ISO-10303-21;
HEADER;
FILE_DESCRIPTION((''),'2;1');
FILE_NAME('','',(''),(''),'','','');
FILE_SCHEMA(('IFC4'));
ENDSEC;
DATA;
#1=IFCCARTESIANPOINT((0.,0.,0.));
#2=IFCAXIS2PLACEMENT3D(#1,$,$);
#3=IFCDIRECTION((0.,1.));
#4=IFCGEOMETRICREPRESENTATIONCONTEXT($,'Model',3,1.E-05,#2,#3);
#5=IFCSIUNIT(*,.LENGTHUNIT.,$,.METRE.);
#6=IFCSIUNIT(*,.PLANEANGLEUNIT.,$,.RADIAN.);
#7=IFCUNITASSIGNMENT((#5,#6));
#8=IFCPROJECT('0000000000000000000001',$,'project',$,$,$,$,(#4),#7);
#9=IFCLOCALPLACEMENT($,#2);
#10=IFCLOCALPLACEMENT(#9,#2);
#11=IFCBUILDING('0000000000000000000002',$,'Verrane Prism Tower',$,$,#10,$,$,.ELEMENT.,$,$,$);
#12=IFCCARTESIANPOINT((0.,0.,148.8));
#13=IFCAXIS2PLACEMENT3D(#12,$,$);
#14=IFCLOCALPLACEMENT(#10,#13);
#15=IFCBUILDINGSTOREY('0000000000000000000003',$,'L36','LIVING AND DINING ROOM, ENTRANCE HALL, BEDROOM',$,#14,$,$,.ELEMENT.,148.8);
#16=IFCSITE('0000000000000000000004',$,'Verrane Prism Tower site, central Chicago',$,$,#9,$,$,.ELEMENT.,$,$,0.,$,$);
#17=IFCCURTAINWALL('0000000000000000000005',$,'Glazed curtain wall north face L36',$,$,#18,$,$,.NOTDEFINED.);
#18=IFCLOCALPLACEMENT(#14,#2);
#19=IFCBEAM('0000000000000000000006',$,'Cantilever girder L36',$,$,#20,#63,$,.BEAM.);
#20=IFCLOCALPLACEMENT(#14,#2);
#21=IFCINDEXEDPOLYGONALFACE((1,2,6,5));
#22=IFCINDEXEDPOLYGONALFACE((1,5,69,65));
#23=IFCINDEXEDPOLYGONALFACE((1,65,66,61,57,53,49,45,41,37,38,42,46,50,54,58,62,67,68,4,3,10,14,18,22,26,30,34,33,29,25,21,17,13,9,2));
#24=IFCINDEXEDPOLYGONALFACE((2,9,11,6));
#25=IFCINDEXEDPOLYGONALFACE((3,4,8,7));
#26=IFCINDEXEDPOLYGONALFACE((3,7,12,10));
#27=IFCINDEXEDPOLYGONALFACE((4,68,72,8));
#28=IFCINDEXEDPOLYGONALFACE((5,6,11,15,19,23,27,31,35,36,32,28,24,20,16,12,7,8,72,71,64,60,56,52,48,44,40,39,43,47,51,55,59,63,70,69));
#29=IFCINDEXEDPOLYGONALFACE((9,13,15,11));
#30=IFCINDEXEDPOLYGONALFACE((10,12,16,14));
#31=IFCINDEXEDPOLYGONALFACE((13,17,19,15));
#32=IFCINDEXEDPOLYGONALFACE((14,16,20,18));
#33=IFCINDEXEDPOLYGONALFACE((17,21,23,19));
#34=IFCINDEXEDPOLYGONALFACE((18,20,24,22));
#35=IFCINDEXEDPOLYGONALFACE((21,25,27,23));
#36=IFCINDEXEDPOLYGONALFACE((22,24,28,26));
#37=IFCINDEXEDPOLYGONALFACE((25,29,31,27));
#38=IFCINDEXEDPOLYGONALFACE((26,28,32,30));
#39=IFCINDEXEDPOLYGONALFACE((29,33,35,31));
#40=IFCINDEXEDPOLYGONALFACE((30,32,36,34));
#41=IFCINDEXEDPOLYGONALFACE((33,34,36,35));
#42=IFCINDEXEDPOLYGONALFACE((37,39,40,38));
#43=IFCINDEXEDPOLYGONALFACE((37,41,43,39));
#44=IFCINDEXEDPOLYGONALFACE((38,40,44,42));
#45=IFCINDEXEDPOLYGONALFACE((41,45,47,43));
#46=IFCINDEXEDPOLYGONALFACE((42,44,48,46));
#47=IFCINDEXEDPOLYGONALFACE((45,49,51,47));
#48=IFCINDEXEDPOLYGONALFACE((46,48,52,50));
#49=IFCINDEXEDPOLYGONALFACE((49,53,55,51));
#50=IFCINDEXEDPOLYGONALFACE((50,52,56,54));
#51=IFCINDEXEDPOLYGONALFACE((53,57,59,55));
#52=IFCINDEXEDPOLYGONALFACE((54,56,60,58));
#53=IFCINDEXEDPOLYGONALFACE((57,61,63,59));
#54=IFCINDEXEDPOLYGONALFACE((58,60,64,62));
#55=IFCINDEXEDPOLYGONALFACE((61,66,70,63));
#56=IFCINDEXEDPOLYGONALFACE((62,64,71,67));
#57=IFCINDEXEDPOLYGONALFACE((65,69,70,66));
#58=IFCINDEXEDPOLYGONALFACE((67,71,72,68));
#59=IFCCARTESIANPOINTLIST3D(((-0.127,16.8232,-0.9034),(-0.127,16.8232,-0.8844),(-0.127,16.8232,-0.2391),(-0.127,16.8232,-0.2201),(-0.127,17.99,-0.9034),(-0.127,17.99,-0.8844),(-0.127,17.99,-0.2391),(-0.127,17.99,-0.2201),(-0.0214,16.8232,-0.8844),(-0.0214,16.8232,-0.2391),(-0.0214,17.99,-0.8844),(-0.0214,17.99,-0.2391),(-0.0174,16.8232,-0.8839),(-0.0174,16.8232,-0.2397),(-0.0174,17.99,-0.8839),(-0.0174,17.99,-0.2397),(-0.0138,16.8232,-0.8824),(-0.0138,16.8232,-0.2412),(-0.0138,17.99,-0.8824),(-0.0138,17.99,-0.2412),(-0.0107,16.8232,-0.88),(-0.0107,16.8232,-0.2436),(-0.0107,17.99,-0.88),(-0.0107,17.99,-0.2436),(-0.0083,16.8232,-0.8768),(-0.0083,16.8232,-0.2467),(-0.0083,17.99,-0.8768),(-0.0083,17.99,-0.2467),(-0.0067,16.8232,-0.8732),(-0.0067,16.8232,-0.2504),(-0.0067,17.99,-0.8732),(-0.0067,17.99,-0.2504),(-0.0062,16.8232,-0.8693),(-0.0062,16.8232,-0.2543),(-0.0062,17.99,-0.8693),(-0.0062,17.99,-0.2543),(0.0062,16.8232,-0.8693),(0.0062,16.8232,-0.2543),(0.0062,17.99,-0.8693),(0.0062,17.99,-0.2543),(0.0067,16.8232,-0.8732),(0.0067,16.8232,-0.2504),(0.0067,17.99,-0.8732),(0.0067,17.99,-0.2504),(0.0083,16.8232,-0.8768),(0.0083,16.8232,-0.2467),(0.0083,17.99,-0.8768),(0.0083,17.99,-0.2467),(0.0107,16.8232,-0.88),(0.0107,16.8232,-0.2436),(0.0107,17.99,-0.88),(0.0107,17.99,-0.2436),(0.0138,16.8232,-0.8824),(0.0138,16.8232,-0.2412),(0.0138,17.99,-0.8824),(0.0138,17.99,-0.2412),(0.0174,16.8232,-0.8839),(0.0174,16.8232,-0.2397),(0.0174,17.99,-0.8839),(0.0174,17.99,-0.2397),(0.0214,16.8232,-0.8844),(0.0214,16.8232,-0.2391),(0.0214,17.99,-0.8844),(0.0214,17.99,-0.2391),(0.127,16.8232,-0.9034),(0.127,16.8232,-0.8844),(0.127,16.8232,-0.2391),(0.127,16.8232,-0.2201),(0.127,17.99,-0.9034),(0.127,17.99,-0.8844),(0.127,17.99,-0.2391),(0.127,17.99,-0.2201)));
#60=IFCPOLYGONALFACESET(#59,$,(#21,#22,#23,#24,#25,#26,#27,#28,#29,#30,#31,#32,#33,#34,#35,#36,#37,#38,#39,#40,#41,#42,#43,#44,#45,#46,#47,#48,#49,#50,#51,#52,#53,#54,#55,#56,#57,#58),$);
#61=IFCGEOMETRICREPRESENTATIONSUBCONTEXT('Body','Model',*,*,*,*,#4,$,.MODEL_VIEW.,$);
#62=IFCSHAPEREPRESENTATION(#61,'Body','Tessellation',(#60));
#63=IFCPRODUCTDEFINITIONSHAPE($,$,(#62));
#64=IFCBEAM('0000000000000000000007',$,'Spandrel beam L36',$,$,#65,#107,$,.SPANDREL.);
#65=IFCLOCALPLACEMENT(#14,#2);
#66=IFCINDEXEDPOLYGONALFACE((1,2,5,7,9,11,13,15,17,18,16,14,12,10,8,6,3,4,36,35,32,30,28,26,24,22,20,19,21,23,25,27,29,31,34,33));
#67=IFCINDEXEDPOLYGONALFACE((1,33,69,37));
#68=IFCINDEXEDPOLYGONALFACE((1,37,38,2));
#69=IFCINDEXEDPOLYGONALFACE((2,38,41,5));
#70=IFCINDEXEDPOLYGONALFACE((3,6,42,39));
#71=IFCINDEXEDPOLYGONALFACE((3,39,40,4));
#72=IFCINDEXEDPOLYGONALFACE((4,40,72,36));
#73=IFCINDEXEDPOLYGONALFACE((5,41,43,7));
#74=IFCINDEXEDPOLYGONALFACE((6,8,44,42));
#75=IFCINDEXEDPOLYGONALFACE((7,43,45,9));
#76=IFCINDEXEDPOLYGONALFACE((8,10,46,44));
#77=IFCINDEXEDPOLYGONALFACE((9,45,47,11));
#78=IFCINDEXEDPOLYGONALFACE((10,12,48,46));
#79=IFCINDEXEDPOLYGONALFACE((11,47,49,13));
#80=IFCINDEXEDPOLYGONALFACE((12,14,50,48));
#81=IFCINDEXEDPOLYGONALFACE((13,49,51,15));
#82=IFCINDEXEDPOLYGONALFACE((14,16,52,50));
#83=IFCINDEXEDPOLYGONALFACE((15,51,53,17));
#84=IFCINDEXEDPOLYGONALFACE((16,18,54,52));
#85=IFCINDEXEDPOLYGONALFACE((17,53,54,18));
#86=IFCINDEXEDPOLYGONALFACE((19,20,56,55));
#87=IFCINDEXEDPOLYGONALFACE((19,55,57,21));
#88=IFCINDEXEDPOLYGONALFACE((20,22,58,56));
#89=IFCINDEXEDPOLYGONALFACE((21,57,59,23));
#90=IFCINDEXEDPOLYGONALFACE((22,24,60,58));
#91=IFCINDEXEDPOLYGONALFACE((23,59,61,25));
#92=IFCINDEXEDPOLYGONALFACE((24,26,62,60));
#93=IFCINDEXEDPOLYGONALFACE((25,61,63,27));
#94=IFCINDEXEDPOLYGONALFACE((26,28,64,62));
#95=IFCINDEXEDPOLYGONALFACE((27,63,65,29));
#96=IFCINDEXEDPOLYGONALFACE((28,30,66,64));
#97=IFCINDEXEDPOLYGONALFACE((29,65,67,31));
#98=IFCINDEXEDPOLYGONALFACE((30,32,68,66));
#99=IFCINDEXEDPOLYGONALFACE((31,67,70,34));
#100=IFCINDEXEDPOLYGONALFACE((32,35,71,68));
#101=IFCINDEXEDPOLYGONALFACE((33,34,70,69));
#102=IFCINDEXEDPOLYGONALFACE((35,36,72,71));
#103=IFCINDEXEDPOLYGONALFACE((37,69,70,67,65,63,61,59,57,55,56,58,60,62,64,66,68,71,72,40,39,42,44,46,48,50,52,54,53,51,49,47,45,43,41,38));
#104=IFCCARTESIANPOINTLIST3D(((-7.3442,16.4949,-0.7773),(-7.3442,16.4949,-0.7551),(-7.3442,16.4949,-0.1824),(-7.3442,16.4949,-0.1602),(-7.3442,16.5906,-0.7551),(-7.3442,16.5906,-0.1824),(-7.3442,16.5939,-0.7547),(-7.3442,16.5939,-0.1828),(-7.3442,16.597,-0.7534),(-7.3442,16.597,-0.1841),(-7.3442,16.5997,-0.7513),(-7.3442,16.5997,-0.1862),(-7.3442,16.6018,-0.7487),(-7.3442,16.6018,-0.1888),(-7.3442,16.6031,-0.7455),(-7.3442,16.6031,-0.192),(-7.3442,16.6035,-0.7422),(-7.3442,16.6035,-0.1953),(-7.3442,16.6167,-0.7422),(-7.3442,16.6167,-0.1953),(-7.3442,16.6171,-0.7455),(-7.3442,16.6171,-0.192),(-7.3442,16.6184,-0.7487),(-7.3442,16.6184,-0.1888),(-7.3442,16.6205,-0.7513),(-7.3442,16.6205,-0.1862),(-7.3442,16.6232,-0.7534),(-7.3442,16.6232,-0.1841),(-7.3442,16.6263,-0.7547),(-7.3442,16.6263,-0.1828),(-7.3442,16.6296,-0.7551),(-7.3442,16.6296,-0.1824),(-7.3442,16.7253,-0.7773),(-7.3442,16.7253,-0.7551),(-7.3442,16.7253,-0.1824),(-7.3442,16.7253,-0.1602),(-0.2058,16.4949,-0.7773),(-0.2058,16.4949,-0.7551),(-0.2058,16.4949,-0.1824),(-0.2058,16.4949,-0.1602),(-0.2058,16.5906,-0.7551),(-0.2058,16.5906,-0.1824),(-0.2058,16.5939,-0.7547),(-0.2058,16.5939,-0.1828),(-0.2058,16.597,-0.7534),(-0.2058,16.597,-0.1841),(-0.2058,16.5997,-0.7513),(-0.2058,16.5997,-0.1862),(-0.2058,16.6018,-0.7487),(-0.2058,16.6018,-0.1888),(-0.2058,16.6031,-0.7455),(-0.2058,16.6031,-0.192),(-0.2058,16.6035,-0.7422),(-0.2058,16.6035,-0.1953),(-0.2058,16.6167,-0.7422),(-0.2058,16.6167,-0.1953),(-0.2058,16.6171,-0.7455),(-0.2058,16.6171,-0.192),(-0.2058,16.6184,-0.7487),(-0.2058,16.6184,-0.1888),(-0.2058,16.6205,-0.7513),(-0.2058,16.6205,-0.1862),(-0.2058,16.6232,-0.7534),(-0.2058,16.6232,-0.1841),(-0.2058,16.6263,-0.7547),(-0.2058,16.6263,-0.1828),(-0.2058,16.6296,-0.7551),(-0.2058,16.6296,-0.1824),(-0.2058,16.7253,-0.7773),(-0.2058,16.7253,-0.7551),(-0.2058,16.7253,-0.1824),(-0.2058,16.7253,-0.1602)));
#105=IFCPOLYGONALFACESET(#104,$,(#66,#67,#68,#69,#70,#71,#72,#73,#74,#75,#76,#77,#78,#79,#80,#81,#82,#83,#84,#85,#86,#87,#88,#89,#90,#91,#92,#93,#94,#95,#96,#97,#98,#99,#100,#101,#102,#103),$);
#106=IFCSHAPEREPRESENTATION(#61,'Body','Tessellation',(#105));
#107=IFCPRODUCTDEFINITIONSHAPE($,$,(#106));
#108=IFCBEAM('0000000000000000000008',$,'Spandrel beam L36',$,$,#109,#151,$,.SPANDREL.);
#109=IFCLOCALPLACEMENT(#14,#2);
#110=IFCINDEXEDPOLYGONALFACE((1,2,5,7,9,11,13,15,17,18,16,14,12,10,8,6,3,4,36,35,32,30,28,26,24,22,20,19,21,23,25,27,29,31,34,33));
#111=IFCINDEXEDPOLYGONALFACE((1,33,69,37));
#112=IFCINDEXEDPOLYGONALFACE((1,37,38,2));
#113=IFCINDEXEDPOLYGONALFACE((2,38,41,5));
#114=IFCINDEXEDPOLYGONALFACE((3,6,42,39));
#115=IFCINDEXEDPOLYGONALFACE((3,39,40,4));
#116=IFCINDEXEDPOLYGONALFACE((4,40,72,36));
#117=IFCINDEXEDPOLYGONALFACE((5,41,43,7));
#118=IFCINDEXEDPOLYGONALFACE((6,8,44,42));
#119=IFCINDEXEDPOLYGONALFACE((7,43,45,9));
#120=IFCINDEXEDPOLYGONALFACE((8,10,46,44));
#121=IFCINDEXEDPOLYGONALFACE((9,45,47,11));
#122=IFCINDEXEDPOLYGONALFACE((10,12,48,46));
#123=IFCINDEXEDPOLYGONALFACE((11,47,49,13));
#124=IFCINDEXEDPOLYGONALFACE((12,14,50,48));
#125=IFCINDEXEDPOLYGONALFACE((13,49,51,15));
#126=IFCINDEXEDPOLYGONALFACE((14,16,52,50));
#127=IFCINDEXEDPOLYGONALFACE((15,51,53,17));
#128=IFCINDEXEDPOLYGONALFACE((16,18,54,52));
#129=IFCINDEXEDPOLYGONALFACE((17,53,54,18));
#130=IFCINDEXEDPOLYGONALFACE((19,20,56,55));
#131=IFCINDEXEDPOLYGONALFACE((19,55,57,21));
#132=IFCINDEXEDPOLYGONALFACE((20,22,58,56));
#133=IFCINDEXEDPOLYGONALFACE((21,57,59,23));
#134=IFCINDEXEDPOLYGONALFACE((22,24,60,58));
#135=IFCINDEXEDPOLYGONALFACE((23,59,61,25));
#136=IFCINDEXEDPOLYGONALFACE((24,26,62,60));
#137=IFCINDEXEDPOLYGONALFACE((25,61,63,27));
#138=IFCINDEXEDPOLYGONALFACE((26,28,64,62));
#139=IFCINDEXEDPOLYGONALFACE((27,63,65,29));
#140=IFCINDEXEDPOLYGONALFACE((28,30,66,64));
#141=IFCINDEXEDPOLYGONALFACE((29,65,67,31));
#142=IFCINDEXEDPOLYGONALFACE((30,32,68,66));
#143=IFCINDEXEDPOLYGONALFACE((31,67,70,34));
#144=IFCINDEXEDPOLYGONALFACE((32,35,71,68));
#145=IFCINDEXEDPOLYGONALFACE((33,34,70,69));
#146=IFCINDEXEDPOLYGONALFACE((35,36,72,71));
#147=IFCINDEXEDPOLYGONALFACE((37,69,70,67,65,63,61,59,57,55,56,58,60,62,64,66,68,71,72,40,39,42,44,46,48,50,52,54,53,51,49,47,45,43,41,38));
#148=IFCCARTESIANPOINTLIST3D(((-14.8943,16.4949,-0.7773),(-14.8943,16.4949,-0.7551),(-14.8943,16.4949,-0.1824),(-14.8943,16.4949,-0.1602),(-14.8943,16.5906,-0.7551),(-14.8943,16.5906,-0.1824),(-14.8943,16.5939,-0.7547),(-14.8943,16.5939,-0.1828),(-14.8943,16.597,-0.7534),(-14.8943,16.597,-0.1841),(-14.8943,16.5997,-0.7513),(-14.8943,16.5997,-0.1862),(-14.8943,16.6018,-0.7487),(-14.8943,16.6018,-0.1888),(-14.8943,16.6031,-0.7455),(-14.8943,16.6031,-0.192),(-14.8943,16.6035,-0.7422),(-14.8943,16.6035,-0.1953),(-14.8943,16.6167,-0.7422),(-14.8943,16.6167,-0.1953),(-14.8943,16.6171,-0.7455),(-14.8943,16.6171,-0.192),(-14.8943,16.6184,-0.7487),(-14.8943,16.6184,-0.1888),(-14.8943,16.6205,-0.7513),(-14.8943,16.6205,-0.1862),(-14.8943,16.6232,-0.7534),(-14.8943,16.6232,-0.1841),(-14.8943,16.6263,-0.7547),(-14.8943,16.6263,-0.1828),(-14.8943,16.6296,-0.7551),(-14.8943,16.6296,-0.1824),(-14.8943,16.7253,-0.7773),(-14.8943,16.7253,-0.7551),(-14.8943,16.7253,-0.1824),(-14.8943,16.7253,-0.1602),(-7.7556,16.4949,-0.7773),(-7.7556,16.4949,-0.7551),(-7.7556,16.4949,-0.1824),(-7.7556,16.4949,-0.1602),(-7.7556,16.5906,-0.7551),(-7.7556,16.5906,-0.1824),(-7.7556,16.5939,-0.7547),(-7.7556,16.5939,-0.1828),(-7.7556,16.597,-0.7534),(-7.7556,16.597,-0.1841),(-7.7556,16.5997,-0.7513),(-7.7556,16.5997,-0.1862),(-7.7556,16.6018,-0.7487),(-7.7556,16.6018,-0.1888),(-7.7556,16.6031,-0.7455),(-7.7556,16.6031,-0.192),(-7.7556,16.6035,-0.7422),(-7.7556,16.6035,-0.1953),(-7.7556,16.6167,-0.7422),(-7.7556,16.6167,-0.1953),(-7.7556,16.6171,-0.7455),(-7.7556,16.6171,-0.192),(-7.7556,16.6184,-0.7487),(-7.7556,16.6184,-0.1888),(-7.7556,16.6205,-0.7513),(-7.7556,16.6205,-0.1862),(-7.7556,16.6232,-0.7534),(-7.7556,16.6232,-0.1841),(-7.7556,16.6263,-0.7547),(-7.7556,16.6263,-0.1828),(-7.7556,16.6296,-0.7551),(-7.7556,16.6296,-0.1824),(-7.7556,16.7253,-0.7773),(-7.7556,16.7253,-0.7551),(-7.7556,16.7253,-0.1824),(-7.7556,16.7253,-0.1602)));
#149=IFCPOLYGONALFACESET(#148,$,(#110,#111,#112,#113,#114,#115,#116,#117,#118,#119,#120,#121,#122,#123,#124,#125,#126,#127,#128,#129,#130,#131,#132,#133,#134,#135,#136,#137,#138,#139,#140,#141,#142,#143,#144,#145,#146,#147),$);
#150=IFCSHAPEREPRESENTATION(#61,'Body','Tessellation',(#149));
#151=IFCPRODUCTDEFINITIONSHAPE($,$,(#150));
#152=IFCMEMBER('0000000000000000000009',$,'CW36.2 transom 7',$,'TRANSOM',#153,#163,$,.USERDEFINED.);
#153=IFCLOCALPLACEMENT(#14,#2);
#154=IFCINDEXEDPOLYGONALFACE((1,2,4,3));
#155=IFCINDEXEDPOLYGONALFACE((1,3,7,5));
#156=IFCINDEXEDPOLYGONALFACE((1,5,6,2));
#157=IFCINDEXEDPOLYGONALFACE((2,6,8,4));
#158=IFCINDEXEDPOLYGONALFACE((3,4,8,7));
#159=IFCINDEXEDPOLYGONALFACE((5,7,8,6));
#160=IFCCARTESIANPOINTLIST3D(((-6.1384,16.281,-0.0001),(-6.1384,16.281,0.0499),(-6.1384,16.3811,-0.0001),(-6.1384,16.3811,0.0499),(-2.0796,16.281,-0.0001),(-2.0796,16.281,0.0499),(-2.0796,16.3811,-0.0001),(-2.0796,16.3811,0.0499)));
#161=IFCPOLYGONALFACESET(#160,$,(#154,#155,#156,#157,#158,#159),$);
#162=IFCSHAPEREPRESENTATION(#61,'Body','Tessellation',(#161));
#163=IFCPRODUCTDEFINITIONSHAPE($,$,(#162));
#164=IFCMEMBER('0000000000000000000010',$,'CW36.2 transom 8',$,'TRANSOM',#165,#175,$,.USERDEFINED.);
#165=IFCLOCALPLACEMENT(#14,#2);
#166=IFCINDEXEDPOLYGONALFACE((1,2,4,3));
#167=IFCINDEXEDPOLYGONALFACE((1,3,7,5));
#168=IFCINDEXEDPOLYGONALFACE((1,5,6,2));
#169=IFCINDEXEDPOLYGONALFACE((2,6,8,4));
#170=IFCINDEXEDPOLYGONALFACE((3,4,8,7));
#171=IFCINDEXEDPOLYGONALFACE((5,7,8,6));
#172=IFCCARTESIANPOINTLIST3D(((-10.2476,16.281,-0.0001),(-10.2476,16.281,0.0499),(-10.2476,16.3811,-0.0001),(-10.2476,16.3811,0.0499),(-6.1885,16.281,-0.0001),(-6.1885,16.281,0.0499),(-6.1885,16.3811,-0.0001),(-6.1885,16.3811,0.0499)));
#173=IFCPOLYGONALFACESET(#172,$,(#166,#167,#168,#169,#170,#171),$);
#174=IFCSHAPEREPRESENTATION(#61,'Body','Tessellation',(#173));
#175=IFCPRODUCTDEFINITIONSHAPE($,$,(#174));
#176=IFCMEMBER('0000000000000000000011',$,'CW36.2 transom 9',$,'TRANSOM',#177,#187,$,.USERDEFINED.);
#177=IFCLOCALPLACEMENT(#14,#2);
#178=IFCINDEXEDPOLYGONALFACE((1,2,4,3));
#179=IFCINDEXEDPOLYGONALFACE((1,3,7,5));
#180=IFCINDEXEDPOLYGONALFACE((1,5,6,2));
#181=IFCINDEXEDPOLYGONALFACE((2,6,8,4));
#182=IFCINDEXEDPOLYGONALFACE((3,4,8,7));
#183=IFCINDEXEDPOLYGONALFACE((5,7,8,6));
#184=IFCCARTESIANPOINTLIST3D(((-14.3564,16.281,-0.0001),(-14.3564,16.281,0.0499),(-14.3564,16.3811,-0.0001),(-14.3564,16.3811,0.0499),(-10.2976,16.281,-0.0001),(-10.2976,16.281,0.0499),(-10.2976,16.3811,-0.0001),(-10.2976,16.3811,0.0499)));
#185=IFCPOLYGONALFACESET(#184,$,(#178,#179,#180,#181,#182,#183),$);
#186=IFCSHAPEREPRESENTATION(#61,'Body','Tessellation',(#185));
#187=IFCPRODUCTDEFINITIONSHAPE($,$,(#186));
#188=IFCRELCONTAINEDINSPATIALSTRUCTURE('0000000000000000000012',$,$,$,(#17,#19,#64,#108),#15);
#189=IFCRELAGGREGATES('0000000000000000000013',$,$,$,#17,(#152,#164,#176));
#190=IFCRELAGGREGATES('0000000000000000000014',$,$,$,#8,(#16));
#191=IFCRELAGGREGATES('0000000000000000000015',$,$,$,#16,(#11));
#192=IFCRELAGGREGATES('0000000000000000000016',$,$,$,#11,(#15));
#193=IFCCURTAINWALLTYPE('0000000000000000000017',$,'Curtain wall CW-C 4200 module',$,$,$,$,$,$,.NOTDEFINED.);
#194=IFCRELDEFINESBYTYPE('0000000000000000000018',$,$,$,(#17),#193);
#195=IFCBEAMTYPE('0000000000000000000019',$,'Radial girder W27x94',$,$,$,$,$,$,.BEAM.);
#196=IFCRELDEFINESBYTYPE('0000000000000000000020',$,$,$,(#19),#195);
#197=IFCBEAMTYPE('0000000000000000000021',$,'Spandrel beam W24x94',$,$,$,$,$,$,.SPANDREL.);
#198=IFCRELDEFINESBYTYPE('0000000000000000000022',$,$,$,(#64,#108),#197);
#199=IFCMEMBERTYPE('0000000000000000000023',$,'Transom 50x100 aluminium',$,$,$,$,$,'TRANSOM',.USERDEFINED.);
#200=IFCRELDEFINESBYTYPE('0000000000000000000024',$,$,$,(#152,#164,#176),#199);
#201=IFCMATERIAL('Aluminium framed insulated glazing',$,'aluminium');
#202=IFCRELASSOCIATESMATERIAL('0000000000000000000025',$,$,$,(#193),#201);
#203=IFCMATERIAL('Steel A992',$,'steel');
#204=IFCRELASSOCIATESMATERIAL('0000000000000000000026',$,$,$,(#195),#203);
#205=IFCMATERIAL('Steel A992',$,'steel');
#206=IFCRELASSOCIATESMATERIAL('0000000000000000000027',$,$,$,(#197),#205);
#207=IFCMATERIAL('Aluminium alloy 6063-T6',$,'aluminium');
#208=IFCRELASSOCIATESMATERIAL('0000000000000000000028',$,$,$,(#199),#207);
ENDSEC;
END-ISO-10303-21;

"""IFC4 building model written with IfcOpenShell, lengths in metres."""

from ifc_helpers import new_model, si_unit, direction, frame, origin, origin_2d, place, context, subcontext, project, spatial, rectangle, i_section, extrude, material, material_profile, profile_set, type_object, element, aggregate, save


model = new_model("IFC4")

# Units and contexts
model_context = context("Model", 3, precision=1e-05, world=origin(), true_north=direction((0.0, 1.0)))
body_context = subcontext(model_context, "Body", "Model", "MODEL_VIEW")
ifc_project = project(units=[si_unit("LENGTHUNIT", "METRE"), si_unit("PLANEANGLEUNIT", "RADIAN")], contexts=[model_context])

# Site, building, storey
site_placement = place(None, origin())
site = spatial("IfcSite", under=ifc_project, at=site_placement, Name="Verrane Prism Tower site, central Chicago", CompositionType="ELEMENT", RefElevation=0.0)
building_placement = place(site_placement, origin())
building = spatial("IfcBuilding", under=site, at=building_placement, Name="Verrane Prism Tower", CompositionType="ELEMENT")
storey_placement = place(building_placement, frame((0.0, 0.0, 148.8)))
storey = spatial("IfcBuildingStorey", under=building, at=storey_placement, Name="L36", Description="LIVING AND DINING ROOM, ENTRANCE HALL, BEDROOM", CompositionType="ELEMENT", Elevation=148.8)

# Curtain wall
ifc_material_1 = material(Name="Aluminium framed insulated glazing", Category="aluminium")
curtain_wall_type = type_object("IfcCurtainWallType", Name="Curtain wall CW-C 4200 module", PredefinedType="NOTDEFINED", material=ifc_material_1)
curtain_wall_placement = place(storey_placement, origin())
curtain_wall = element("IfcCurtainWall", 1, at=curtain_wall_placement, inside=storey, type_object=curtain_wall_type, Name="Glazed curtain wall north face L36", PredefinedType="NOTDEFINED")

# Beams
ifc_material_2 = material(Name="Steel A992", Category="steel")
ifc_material_profile_1 = material_profile(ifc_material_2, i_section(OverallWidth=0.2539, OverallDepth=0.6833, WebThickness=0.0125, FlangeThickness=0.019, FilletRadius=0.0151, at=origin_2d()), Name="W27x94")
ifc_profile_set_1 = profile_set([ifc_material_profile_1], Name="Steel A992")
beam_type_1 = type_object("IfcBeamType", Name="Radial girder W27x94", PredefinedType="BEAM", material=ifc_profile_set_1)
beam_1_placement = place(storey_placement, frame((0.0, 16.8232, -0.5618), z_axis=(0.0, 1.0, 0.0), x_axis=(-1.0, 0.0, 0.0)))
element("IfcBeam", 2, at=beam_1_placement, inside=storey, type_object=beam_type_1, Name="Cantilever girder L36", PredefinedType="BEAM", context=body_context, shape_type="SweptSolid", body=[
    extrude(i_section(OverallWidth=0.2539, OverallDepth=0.6833, WebThickness=0.0125, FlangeThickness=0.019, FilletRadius=0.0151, at=origin_2d()), origin(), (0.0, 0.0, 1.0), 1.1667),
])
ifc_material_3 = material(Name="Steel A992", Category="steel")
ifc_material_profile_2 = material_profile(ifc_material_3, i_section(OverallWidth=0.2305, OverallDepth=0.6172, WebThickness=0.0132, FlangeThickness=0.0222, FilletRadius=0.0129, at=origin_2d()), Name="W24x94")
ifc_profile_set_2 = profile_set([ifc_material_profile_2], Name="Steel A992")
beam_type_2 = type_object("IfcBeamType", Name="Spandrel beam W24x94", PredefinedType="SPANDREL", material=ifc_profile_set_2)
beam_2_placement = place(storey_placement, frame((-0.2058, 16.6101, -0.4688), z_axis=(-1.0, 0.0, 0.0), x_axis=(0.0, -1.0, 0.0)))
element("IfcBeam", 3, at=beam_2_placement, inside=storey, type_object=beam_type_2, Name="Spandrel beam L36", PredefinedType="SPANDREL", context=body_context, shape_type="SweptSolid", body=[
    extrude(i_section(OverallWidth=0.2305, OverallDepth=0.6172, WebThickness=0.0132, FlangeThickness=0.0222, FilletRadius=0.0129, at=origin_2d()), origin(), (0.0, 0.0, 1.0), 7.1384),
])
beam_3_placement = place(storey_placement, frame((-7.7556, 16.6101, -0.4688), z_axis=(-1.0, 0.0, 0.0), x_axis=(0.0, -1.0, 0.0)))
element("IfcBeam", 4, at=beam_3_placement, inside=storey, type_object=beam_type_2, Name="Spandrel beam L36", PredefinedType="SPANDREL", context=body_context, shape_type="SweptSolid", body=[
    extrude(i_section(OverallWidth=0.2305, OverallDepth=0.6172, WebThickness=0.0132, FlangeThickness=0.0222, FilletRadius=0.0129, at=origin_2d()), origin(), (0.0, 0.0, 1.0), 7.1387),
])

# Members
ifc_material_4 = material(Name="Aluminium alloy 6063-T6", Category="aluminium")
ifc_material_profile_3 = material_profile(ifc_material_4, rectangle(XDim=0.1001, YDim=0.05, at=origin_2d()), Name="Transom 50x100 aluminium")
ifc_profile_set_3 = profile_set([ifc_material_profile_3], Name="Aluminium alloy 6063-T6")
member_type_1 = type_object("IfcMemberType", Name="Transom 50x100 aluminium", ElementType="TRANSOM", PredefinedType="USERDEFINED", material=ifc_profile_set_3)
member_1_placement = place(storey_placement, frame((-2.0796, 16.3311, 0.0249), z_axis=(-1.0, 0.0, 0.0), x_axis=(0.0, -1.0, 0.0)))
member_1 = element("IfcMember", 5, at=member_1_placement, type_object=member_type_1, Name="CW36.2 transom 7", ObjectType="TRANSOM", PredefinedType="USERDEFINED", context=body_context, shape_type="SweptSolid", body=[
    extrude(rectangle(XDim=0.1001, YDim=0.05, at=origin_2d()), origin(), (0.0, 0.0, 1.0), 4.0588),
])
member_2_placement = place(storey_placement, frame((-6.1885, 16.3311, 0.0249), z_axis=(-1.0, 0.0, 0.0), x_axis=(0.0, -1.0, 0.0)))
member_2 = element("IfcMember", 6, at=member_2_placement, type_object=member_type_1, Name="CW36.2 transom 8", ObjectType="TRANSOM", PredefinedType="USERDEFINED", context=body_context, shape_type="SweptSolid", body=[
    extrude(rectangle(XDim=0.1001, YDim=0.05, at=origin_2d()), origin(), (0.0, 0.0, 1.0), 4.0591),
])
member_3_placement = place(storey_placement, frame((-10.2976, 16.3311, 0.0249), z_axis=(-1.0, 0.0, 0.0), x_axis=(0.0, -1.0, 0.0)))
member_3 = element("IfcMember", 7, at=member_3_placement, type_object=member_type_1, Name="CW36.2 transom 9", ObjectType="TRANSOM", PredefinedType="USERDEFINED", context=body_context, shape_type="SweptSolid", body=[
    extrude(rectangle(XDim=0.1001, YDim=0.05, at=origin_2d()), origin(), (0.0, 0.0, 1.0), 4.0588),
])

aggregate(curtain_wall, [member_1, member_2, member_3])

save(model, "model.ifc")
